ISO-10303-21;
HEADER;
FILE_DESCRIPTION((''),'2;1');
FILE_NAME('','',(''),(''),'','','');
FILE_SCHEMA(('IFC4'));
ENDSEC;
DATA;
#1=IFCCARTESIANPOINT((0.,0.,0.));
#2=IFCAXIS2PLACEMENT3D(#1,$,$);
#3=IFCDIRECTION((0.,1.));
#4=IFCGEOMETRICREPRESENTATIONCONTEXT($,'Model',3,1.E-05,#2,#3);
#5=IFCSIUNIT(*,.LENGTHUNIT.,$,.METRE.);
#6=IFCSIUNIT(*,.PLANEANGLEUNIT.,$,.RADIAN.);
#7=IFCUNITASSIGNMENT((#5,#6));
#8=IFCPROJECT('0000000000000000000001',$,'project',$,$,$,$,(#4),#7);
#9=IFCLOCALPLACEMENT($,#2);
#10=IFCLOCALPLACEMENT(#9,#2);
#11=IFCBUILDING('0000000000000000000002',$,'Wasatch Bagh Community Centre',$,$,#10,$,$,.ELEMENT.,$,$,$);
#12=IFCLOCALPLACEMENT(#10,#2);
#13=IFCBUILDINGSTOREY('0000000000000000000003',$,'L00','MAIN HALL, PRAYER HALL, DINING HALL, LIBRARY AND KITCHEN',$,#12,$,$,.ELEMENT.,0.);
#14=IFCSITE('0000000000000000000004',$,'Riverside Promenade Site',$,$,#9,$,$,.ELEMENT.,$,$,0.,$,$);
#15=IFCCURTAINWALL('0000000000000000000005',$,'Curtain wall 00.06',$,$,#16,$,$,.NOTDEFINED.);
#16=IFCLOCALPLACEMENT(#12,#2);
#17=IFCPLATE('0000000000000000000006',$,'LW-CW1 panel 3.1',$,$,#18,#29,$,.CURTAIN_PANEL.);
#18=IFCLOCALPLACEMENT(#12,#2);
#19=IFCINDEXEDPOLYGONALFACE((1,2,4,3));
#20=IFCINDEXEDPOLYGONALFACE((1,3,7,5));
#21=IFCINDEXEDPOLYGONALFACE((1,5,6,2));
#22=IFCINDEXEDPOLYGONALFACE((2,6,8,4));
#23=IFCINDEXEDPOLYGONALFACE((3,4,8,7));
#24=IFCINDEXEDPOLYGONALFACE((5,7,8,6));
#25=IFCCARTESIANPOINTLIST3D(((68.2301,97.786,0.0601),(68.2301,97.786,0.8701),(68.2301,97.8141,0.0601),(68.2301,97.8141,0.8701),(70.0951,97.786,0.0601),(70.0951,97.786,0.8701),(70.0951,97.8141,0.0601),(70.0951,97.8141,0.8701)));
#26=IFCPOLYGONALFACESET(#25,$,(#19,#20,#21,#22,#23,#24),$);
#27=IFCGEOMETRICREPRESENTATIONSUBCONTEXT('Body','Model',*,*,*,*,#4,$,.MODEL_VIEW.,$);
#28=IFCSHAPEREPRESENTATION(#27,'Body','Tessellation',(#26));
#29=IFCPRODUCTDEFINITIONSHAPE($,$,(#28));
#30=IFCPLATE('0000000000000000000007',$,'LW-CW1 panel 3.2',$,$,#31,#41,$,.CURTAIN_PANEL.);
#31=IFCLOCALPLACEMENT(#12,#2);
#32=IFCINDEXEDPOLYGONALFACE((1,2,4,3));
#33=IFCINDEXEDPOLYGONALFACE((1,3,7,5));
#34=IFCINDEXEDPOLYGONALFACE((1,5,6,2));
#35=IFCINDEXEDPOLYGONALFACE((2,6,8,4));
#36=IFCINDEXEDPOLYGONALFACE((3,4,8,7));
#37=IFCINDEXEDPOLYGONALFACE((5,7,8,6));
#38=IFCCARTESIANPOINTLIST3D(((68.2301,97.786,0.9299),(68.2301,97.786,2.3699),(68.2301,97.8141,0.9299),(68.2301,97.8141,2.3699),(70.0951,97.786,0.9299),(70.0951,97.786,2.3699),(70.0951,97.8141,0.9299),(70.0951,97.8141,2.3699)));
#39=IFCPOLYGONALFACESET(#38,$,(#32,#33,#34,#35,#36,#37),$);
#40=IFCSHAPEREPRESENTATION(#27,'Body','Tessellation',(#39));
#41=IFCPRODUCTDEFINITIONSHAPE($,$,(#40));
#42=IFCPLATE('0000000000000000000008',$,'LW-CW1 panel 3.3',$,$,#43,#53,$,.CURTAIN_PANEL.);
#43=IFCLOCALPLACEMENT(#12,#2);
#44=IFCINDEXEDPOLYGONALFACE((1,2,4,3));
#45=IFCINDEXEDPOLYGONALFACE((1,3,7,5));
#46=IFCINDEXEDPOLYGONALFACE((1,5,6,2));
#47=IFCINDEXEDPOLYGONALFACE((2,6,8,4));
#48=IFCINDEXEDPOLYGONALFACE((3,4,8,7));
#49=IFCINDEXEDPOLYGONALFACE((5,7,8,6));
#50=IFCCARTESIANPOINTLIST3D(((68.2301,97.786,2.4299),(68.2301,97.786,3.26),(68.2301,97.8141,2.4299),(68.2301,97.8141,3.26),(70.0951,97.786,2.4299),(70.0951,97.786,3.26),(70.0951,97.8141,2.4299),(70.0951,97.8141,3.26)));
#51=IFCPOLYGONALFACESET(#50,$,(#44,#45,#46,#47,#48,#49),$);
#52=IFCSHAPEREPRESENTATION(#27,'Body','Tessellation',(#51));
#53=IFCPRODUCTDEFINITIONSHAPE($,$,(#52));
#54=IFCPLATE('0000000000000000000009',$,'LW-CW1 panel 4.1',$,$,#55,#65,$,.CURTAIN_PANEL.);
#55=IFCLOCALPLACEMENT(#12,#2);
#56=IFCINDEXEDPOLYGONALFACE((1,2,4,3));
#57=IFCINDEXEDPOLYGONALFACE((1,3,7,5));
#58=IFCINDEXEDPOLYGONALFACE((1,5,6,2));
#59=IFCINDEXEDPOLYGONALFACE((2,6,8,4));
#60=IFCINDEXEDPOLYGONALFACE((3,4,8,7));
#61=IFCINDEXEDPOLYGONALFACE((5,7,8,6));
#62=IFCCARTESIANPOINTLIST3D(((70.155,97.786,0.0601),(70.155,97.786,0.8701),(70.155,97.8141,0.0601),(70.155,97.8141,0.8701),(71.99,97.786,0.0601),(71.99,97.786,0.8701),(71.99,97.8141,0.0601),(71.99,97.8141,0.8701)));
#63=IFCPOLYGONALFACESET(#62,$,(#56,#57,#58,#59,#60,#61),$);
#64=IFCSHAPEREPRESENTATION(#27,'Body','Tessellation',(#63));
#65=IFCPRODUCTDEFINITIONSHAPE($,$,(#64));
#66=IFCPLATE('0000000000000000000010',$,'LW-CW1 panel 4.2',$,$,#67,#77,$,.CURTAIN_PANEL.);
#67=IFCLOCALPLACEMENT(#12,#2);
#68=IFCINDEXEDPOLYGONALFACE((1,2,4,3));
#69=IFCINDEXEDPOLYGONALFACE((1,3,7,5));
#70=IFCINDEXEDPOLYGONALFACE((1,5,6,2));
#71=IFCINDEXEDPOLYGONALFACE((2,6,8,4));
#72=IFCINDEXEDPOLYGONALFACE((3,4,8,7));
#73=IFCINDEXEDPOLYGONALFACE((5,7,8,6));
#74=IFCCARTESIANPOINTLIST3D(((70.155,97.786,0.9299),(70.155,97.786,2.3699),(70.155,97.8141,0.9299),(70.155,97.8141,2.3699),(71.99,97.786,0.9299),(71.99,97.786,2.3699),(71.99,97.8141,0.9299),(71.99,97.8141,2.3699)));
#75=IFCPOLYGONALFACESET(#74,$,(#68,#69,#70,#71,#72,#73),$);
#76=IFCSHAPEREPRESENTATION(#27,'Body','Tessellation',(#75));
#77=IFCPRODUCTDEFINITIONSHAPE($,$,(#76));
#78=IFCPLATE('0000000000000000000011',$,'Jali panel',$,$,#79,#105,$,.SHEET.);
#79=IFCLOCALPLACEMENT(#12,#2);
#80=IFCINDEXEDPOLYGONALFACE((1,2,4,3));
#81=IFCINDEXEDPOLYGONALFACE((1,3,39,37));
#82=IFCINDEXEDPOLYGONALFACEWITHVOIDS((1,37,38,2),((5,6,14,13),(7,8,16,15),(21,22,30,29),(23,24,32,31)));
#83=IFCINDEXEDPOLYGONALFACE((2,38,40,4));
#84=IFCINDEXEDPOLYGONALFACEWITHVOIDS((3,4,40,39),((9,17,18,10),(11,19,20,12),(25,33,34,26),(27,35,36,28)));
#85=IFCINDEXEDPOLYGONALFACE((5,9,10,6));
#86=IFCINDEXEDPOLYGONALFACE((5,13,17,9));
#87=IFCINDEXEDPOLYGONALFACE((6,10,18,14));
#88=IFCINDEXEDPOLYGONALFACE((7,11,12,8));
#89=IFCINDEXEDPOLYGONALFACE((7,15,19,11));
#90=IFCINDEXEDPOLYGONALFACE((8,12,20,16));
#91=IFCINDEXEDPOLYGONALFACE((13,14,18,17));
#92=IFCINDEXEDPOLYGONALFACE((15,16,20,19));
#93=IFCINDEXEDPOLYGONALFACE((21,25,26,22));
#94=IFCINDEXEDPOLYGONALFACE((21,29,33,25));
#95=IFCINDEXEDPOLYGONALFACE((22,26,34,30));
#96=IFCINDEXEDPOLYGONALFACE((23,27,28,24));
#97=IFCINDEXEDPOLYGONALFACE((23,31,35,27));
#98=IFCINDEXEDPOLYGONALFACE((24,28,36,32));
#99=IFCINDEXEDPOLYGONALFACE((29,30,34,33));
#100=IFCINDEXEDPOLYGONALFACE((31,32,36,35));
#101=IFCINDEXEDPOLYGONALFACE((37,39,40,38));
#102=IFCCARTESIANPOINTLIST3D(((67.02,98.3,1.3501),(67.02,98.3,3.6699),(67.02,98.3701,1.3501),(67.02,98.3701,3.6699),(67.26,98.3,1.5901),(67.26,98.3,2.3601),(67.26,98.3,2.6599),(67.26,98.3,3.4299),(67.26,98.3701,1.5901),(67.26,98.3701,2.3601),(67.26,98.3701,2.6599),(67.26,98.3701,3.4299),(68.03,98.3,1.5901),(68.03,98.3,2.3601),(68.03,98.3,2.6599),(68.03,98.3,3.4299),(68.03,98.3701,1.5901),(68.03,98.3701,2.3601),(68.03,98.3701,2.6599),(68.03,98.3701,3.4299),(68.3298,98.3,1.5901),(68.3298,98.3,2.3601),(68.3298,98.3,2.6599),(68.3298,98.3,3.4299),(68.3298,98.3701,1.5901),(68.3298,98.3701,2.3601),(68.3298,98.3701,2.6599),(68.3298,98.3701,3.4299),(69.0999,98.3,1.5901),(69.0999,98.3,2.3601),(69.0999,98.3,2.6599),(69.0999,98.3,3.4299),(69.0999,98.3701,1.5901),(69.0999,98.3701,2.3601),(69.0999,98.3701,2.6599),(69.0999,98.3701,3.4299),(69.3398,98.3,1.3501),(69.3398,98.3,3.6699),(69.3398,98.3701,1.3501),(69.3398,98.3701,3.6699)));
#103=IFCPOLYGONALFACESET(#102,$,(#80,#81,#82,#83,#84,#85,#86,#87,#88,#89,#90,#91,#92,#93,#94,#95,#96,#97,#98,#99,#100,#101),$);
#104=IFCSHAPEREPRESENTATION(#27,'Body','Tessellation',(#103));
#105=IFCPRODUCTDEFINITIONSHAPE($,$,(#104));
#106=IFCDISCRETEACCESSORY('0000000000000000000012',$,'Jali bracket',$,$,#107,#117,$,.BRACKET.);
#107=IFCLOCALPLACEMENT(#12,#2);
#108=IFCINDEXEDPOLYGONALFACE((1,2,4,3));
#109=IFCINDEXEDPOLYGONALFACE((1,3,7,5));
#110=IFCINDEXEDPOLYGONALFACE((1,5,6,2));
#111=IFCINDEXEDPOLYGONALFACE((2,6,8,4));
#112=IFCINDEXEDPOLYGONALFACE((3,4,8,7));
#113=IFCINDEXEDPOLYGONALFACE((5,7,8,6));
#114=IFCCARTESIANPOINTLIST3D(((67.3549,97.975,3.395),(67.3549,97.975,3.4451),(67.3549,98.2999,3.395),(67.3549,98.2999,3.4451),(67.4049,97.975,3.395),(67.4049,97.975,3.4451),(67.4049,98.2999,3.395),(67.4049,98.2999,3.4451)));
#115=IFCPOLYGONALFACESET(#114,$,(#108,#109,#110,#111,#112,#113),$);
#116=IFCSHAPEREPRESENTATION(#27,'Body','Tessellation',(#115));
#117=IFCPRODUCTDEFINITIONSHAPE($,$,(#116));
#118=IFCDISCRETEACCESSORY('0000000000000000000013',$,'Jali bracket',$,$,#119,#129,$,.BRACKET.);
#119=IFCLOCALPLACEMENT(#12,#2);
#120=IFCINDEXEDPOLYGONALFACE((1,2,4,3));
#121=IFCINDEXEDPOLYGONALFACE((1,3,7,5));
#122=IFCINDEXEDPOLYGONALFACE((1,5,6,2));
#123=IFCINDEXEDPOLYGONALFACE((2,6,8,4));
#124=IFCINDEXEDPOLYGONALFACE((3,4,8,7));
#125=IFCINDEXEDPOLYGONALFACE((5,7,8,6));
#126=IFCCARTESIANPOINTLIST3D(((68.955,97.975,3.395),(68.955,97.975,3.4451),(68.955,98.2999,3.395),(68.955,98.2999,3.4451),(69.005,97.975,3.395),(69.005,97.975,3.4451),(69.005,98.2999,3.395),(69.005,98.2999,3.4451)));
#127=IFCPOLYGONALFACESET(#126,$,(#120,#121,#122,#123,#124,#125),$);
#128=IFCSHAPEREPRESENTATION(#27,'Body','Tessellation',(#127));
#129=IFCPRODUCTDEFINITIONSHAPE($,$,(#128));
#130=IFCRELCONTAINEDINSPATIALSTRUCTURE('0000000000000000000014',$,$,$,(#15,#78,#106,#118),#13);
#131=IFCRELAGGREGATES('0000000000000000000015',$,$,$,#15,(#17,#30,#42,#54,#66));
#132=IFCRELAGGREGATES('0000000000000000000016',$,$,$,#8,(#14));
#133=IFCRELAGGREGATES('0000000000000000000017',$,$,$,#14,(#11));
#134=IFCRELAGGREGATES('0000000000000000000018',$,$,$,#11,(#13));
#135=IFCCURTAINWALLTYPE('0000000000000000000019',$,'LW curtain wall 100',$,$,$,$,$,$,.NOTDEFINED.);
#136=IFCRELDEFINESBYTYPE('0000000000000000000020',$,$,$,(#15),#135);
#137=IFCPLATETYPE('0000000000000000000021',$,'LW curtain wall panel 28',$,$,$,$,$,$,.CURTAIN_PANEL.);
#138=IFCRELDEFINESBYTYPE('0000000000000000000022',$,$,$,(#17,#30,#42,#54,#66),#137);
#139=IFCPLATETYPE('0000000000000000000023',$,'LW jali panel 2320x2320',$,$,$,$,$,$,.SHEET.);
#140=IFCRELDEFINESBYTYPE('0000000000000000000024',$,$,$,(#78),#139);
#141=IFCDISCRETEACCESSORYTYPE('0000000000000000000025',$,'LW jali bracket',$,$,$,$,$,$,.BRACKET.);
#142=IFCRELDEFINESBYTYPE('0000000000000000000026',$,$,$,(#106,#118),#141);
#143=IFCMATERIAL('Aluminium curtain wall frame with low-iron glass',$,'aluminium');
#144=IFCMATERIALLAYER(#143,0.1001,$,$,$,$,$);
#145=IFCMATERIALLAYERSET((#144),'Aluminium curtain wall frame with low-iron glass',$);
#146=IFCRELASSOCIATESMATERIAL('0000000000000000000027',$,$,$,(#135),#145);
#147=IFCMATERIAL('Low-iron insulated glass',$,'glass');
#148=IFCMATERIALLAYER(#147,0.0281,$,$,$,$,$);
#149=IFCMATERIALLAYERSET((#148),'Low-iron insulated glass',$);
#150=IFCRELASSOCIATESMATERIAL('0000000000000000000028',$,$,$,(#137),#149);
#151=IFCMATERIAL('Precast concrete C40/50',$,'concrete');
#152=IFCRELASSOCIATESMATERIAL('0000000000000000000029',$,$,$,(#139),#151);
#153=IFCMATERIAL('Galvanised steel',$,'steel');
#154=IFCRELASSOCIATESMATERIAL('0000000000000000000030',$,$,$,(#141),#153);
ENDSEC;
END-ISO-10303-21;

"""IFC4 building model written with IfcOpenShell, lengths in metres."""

from ifc_helpers import new_model, si_unit, direction, frame, origin, origin_2d, place, context, subcontext, project, spatial, polyline, rectangle, outline, extrude, material, layer, layer_set, material_profile, profile_set, type_object, element, aggregate, save


model = new_model("IFC4")

# Units and contexts
model_context = context("Model", 3, precision=1e-05, world=origin(), true_north=direction((0.0, 1.0)))
body_context = subcontext(model_context, "Body", "Model", "MODEL_VIEW")
ifc_project = project(units=[si_unit("LENGTHUNIT", "METRE"), si_unit("PLANEANGLEUNIT", "RADIAN")], contexts=[model_context])

# Site, building, storey
site_placement = place(None, origin())
site = spatial("IfcSite", under=ifc_project, at=site_placement, Name="Riverside Promenade Site", CompositionType="ELEMENT", RefElevation=0.0)
building_placement = place(site_placement, origin())
building = spatial("IfcBuilding", under=site, at=building_placement, Name="Wasatch Bagh Community Centre", CompositionType="ELEMENT")
storey_placement = place(building_placement, origin())
storey = spatial("IfcBuildingStorey", under=building, at=storey_placement, Name="L00", Description="MAIN HALL, PRAYER HALL, DINING HALL, LIBRARY AND KITCHEN", CompositionType="ELEMENT", Elevation=0.0)

# Curtain wall, plates
ifc_material_1 = material(Name="Aluminium curtain wall frame with low-iron glass", Category="aluminium")
ifc_layer_1 = layer(ifc_material_1, 0.1001)
ifc_layer_set_1 = layer_set([ifc_layer_1], Name="Aluminium curtain wall frame with low-iron glass")
curtain_wall_type = type_object("IfcCurtainWallType", Name="LW curtain wall 100", PredefinedType="NOTDEFINED", material=ifc_layer_set_1)
curtain_wall_placement = place(storey_placement, origin())
curtain_wall = element("IfcCurtainWall", 1, at=curtain_wall_placement, inside=storey, type_object=curtain_wall_type, Name="Curtain wall 00.06", PredefinedType="NOTDEFINED")
ifc_material_2 = material(Name="Low-iron insulated glass", Category="glass")
ifc_layer_2 = layer(ifc_material_2, 0.0281)
ifc_layer_set_2 = layer_set([ifc_layer_2], Name="Low-iron insulated glass")
plate_type_1 = type_object("IfcPlateType", Name="LW curtain wall panel 28", PredefinedType="CURTAIN_PANEL", material=ifc_layer_set_2)
plate_1_placement = place(storey_placement, frame((69.1626, 97.8, 0.0601), z_axis=(0.0, 0.0, 1.0), x_axis=(1.0, 0.0, 0.0)))
plate_1 = element("IfcPlate", 2, at=plate_1_placement, type_object=plate_type_1, Name="LW-CW1 panel 3.1", PredefinedType="CURTAIN_PANEL", context=body_context, shape_type="SweptSolid", body=[
    extrude(rectangle(XDim=1.865, YDim=0.0281, at=origin_2d()), origin(), (0.0, 0.0, 1.0), 0.8101),
])
plate_2_placement = place(storey_placement, frame((69.1626, 97.8, 0.9299), z_axis=(0.0, 0.0, 1.0), x_axis=(1.0, 0.0, 0.0)))
plate_2 = element("IfcPlate", 3, at=plate_2_placement, type_object=plate_type_1, Name="LW-CW1 panel 3.2", PredefinedType="CURTAIN_PANEL", context=body_context, shape_type="SweptSolid", body=[
    extrude(rectangle(XDim=1.865, YDim=0.0281, at=origin_2d()), origin(), (0.0, 0.0, 1.0), 1.4399),
])
plate_3_placement = place(storey_placement, frame((69.1626, 97.8, 2.4299), z_axis=(0.0, 0.0, 1.0), x_axis=(1.0, 0.0, 0.0)))
plate_3 = element("IfcPlate", 4, at=plate_3_placement, type_object=plate_type_1, Name="LW-CW1 panel 3.3", PredefinedType="CURTAIN_PANEL", context=body_context, shape_type="SweptSolid", body=[
    extrude(rectangle(XDim=1.865, YDim=0.0281, at=origin_2d()), origin(), (0.0, 0.0, 1.0), 0.8301),
])
plate_4_placement = place(storey_placement, frame((71.0725, 97.8, 0.0601), z_axis=(0.0, 0.0, 1.0), x_axis=(1.0, 0.0, 0.0)))
plate_4 = element("IfcPlate", 5, at=plate_4_placement, type_object=plate_type_1, Name="LW-CW1 panel 4.1", PredefinedType="CURTAIN_PANEL", context=body_context, shape_type="SweptSolid", body=[
    extrude(rectangle(XDim=1.835, YDim=0.0281, at=origin_2d()), origin(), (0.0, 0.0, 1.0), 0.8101),
])
plate_5_placement = place(storey_placement, frame((71.0725, 97.8, 0.9299), z_axis=(0.0, 0.0, 1.0), x_axis=(1.0, 0.0, 0.0)))
plate_5 = element("IfcPlate", 6, at=plate_5_placement, type_object=plate_type_1, Name="LW-CW1 panel 4.2", PredefinedType="CURTAIN_PANEL", context=body_context, shape_type="SweptSolid", body=[
    extrude(rectangle(XDim=1.835, YDim=0.0281, at=origin_2d()), origin(), (0.0, 0.0, 1.0), 1.4399),
])
aggregate(curtain_wall, [plate_1, plate_2, plate_3, plate_4, plate_5])

# Plate
ifc_material_3 = material(Name="Precast concrete C40/50", Category="concrete")
ifc_material_profile_1 = material_profile(ifc_material_3, outline(polyline([(-1.1599, -1.1599), (1.1599, -1.1599), (1.1599, 1.1599), (-1.1599, 1.1599), (-1.1599, -1.1599)]), holes=[polyline([(-0.9199, -0.9199), (-0.1499, -0.9199), (-0.1499, -0.1499), (-0.9199, -0.1499), (-0.9199, -0.9199)]), polyline([(-0.9199, 0.1499), (-0.1499, 0.1499), (-0.1499, 0.9199), (-0.9199, 0.9199), (-0.9199, 0.1499)]), polyline([(0.1499, -0.9199), (0.9199, -0.9199), (0.9199, -0.1499), (0.1499, -0.1499), (0.1499, -0.9199)]), polyline([(0.1499, 0.1499), (0.9199, 0.1499), (0.9199, 0.9199), (0.1499, 0.9199), (0.1499, 0.1499)])]), Name="Jali lattice")
ifc_profile_set_1 = profile_set([ifc_material_profile_1], Name="Precast concrete C40/50")
plate_type_2 = type_object("IfcPlateType", Name="LW jali panel 2320x2320", PredefinedType="SHEET", material=ifc_profile_set_1)
plate_6_placement = place(storey_placement, frame((68.1799, 98.3, 2.51), z_axis=(0.0, 1.0, 0.0), x_axis=(-1.0, 0.0, 0.0)))
element("IfcPlate", 7, at=plate_6_placement, inside=storey, type_object=plate_type_2, Name="Jali panel", PredefinedType="SHEET", context=body_context, shape_type="SweptSolid", body=[
    extrude(outline(polyline([(-1.1599, -1.1599), (1.1599, -1.1599), (1.1599, 1.1599), (-1.1599, 1.1599), (-1.1599, -1.1599)]), holes=[polyline([(-0.9199, -0.9199), (-0.1499, -0.9199), (-0.1499, -0.1499), (-0.9199, -0.1499), (-0.9199, -0.9199)]), polyline([(-0.9199, 0.1499), (-0.1499, 0.1499), (-0.1499, 0.9199), (-0.9199, 0.9199), (-0.9199, 0.1499)]), polyline([(0.1499, -0.9199), (0.9199, -0.9199), (0.9199, -0.1499), (0.1499, -0.1499), (0.1499, -0.9199)]), polyline([(0.1499, 0.1499), (0.9199, 0.1499), (0.9199, 0.9199), (0.1499, 0.9199), (0.1499, 0.1499)])]), origin(), (0.0, 0.0, 1.0), 0.0701),
])

# Discrete accessories
ifc_material_4 = material(Name="Galvanised steel", Category="steel")
discrete_accessory_type = type_object("IfcDiscreteAccessoryType", Name="LW jali bracket", PredefinedType="BRACKET", material=ifc_material_4)
for number, where, z_axis, x_axis, name in (
    (8, (67.3799, 98.1375, 3.395), (0.0, 0.0, 1.0), (1.0, 0.0, 0.0), "Jali bracket"),
    (9, (68.98, 98.1375, 3.395), (0.0, 0.0, 1.0), (1.0, 0.0, 0.0), "Jali bracket"),
):
    element("IfcDiscreteAccessory", number, at=place(storey_placement, frame(where, z_axis=z_axis, x_axis=x_axis)), inside=storey, type_object=discrete_accessory_type, Name=name, PredefinedType="BRACKET", context=body_context, shape_type="SweptSolid", body=[
        extrude(rectangle(XDim=0.05, YDim=0.325, at=origin_2d()), origin(), (0.0, 0.0, 1.0), 0.05),
    ])

save(model, "model.ifc")
